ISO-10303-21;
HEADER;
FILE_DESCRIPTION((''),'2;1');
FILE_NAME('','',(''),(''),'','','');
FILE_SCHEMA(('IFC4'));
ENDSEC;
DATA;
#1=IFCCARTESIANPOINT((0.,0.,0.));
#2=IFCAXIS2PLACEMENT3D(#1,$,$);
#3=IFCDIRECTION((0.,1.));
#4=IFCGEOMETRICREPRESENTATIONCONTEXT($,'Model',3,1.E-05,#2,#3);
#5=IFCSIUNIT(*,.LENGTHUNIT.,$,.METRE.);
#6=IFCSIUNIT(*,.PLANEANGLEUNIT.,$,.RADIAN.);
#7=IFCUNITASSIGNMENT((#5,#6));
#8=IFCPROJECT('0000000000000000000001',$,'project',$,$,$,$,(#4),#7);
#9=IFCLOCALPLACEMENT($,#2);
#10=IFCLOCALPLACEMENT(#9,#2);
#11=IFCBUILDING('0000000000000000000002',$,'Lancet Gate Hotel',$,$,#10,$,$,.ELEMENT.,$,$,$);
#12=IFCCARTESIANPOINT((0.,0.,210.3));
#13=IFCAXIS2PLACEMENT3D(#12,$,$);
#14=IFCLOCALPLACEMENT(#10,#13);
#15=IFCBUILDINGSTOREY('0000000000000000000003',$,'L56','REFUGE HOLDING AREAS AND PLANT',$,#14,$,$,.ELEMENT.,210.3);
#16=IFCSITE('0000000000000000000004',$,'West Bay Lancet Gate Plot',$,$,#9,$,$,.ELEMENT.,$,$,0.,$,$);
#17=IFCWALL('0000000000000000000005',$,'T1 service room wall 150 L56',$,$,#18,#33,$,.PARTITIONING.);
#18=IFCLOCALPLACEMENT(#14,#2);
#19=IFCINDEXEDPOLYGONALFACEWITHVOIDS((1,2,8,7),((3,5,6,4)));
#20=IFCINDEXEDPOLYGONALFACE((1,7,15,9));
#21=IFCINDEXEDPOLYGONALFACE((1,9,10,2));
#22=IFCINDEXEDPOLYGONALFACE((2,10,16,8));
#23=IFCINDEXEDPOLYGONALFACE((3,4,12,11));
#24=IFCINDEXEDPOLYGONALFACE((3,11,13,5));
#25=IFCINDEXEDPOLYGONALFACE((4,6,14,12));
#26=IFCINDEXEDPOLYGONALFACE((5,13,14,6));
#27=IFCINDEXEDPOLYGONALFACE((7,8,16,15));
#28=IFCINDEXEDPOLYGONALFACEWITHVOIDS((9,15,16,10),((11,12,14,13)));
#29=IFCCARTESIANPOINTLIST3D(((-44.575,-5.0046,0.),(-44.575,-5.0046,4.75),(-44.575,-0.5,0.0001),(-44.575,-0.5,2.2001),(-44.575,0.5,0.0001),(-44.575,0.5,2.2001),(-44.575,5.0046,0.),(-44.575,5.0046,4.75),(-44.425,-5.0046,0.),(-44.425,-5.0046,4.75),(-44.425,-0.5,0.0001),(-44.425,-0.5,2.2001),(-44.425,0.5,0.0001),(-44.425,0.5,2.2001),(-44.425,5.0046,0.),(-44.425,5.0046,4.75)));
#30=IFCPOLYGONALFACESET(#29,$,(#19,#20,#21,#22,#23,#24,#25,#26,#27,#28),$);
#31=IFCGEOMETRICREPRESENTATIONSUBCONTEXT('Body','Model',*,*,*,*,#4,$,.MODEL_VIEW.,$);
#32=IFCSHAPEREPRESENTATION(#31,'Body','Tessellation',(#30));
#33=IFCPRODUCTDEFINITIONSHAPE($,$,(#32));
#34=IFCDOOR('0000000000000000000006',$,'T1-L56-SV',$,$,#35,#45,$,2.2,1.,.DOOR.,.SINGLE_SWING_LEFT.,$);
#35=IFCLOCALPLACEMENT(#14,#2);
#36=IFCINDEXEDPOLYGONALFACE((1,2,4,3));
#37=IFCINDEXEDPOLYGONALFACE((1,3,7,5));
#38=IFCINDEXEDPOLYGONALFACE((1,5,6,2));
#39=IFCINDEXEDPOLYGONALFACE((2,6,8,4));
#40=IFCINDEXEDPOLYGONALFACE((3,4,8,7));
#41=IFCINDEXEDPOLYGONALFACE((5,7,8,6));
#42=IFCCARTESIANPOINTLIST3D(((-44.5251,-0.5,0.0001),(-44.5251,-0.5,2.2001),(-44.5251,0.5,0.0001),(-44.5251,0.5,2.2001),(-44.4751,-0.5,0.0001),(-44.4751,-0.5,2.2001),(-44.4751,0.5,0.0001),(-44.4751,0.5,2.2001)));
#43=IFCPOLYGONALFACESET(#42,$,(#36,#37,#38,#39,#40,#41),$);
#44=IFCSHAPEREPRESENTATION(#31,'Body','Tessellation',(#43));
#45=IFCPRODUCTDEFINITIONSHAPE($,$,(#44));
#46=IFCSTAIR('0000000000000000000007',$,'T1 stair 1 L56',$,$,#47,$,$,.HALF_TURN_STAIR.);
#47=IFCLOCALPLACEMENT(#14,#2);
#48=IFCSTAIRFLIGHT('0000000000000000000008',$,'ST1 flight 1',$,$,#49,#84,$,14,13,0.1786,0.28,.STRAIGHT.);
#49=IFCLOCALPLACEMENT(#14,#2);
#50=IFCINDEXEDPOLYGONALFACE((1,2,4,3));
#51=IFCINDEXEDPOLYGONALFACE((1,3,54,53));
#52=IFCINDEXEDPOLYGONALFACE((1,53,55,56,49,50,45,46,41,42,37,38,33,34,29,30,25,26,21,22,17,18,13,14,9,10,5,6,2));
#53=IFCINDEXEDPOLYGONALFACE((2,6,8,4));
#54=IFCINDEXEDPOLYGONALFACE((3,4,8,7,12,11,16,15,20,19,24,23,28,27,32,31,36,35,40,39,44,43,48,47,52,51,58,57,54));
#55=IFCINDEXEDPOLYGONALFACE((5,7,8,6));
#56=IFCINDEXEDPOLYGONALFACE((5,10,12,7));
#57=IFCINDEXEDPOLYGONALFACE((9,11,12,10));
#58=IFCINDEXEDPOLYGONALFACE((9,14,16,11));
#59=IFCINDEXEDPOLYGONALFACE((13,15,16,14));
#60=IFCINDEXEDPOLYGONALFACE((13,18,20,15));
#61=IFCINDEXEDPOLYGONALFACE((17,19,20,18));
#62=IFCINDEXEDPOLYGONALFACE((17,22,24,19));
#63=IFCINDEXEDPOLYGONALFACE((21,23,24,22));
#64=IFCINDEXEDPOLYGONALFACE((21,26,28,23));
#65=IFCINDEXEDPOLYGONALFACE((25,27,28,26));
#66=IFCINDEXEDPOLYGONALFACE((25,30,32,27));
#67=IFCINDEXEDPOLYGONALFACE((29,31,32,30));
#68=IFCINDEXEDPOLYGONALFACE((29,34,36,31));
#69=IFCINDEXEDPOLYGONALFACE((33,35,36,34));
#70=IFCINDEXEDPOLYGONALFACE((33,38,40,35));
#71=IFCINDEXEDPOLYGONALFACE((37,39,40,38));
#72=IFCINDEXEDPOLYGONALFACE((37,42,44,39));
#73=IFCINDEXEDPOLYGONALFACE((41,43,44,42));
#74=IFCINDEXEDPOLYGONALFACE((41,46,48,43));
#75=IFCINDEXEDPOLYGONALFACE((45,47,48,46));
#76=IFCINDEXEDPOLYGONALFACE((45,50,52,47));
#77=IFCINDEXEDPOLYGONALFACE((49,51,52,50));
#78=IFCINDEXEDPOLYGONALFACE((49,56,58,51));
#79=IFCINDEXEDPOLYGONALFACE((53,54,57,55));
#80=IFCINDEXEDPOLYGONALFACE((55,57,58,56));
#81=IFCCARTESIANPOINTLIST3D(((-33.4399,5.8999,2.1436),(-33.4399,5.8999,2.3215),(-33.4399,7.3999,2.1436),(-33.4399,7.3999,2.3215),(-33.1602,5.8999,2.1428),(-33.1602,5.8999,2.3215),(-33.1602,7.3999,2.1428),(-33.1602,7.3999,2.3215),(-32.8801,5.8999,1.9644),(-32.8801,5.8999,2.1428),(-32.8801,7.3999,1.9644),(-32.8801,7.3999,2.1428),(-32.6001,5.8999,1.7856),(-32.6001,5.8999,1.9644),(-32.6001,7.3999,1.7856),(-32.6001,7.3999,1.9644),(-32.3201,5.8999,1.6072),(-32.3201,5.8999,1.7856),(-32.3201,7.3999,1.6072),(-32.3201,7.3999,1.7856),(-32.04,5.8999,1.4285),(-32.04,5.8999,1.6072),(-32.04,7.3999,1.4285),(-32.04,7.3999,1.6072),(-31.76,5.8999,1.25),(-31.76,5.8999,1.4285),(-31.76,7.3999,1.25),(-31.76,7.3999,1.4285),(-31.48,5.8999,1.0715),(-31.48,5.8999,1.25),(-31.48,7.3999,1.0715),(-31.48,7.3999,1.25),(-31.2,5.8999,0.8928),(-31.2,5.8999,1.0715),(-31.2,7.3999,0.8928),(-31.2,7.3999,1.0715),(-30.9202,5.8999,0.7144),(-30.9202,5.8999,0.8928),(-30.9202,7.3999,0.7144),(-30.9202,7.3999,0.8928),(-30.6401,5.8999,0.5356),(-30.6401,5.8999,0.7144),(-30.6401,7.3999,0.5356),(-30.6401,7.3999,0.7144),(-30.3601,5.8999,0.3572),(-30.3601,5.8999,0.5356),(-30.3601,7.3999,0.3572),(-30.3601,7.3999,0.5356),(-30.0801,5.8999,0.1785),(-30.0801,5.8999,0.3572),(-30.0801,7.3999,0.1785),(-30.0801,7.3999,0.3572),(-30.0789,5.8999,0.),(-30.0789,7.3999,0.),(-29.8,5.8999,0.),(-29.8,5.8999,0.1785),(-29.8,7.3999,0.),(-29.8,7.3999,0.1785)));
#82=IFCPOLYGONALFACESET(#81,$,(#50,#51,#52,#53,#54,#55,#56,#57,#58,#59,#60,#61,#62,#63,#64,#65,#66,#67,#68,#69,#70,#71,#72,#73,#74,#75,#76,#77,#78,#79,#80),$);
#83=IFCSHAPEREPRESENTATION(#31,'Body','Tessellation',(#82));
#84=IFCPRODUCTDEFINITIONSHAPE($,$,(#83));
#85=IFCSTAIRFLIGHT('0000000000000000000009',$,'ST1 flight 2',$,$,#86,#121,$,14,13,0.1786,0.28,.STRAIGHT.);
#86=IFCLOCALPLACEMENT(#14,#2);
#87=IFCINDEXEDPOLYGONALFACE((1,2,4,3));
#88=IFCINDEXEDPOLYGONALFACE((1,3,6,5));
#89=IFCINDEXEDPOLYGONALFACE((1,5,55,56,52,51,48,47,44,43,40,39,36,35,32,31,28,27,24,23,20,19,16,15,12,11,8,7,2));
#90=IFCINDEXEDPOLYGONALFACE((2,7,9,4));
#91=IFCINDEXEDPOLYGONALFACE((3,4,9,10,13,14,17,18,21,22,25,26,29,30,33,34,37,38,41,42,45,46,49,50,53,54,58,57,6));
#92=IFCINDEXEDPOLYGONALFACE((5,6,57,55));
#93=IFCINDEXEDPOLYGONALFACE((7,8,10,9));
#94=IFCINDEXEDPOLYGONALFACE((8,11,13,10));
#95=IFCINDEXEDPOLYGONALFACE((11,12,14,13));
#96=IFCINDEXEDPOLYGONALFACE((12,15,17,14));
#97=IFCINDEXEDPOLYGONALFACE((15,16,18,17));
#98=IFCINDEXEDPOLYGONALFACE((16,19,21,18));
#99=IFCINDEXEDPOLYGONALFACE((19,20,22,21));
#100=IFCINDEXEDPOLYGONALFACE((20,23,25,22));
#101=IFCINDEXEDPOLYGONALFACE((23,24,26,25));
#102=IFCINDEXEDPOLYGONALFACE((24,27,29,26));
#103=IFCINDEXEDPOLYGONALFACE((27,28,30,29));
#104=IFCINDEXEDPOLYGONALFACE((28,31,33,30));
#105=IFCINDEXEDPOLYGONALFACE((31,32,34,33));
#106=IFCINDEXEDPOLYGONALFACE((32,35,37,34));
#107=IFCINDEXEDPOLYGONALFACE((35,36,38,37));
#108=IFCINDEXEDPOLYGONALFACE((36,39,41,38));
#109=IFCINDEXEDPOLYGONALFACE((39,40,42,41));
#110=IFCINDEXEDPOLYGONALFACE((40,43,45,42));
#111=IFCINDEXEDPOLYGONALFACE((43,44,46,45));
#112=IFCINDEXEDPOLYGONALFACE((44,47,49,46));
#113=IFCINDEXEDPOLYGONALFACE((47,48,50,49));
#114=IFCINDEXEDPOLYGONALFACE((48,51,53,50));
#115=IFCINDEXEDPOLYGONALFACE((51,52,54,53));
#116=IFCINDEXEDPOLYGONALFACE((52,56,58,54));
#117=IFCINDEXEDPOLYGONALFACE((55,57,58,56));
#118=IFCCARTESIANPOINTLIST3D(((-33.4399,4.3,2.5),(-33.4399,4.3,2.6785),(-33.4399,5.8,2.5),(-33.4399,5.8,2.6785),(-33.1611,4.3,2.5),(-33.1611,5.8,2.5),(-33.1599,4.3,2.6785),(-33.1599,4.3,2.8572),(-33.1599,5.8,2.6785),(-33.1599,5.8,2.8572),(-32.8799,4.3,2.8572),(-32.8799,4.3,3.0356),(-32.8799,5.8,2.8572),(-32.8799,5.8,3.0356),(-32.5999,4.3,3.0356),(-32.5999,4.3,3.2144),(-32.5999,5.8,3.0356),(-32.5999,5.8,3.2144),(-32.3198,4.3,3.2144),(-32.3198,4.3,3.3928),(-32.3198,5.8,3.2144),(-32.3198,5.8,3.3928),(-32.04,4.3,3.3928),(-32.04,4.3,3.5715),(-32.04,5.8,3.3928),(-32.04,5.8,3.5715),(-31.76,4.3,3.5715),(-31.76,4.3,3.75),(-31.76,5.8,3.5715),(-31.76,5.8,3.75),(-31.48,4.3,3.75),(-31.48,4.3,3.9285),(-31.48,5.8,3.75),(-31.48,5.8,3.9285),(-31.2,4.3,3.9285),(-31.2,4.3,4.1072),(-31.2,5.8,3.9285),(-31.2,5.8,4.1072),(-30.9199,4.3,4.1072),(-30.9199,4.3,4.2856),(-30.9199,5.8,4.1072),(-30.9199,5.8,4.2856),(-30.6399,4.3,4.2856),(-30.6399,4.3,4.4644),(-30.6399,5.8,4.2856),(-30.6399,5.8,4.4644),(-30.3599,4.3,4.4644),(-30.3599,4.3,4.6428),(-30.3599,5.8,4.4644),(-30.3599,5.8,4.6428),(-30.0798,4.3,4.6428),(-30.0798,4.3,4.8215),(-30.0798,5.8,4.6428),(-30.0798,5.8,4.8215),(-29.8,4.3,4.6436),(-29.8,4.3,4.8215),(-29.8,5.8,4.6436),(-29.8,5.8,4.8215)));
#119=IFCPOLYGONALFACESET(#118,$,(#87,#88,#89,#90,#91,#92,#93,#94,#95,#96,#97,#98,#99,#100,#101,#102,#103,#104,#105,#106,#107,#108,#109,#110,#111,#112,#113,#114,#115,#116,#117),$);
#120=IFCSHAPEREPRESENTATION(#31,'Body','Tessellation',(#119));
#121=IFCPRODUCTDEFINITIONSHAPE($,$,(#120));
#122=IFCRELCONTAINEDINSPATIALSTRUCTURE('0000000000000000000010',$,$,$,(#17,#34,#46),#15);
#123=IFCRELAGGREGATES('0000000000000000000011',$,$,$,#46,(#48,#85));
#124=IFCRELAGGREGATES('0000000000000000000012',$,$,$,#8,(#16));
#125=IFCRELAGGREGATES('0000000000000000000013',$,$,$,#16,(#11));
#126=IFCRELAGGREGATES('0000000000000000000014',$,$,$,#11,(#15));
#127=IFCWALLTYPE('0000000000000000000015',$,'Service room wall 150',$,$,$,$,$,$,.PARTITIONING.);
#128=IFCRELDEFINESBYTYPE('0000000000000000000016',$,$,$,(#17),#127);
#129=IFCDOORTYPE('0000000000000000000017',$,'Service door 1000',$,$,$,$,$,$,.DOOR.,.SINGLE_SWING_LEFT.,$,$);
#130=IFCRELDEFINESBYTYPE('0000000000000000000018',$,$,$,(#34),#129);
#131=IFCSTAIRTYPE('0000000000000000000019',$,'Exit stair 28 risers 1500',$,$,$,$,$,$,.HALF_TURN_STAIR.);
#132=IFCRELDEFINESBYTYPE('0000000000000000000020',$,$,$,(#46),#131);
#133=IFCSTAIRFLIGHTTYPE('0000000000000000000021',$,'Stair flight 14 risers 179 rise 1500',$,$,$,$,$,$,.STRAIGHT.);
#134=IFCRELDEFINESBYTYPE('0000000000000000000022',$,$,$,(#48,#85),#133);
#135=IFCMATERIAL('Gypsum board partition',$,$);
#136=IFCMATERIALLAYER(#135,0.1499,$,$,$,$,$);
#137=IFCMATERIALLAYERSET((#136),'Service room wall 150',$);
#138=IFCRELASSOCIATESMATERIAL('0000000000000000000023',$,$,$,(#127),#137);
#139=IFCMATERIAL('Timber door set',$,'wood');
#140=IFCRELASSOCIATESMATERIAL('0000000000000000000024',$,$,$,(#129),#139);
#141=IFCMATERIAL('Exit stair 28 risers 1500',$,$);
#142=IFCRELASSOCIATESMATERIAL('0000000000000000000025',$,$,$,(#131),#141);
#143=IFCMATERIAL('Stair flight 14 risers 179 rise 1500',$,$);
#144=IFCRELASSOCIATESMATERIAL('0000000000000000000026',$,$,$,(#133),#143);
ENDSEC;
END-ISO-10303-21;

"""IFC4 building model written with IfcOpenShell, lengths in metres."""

from ifc_helpers import new_model, si_unit, direction, frame, frame_2d, origin, place, context, subcontext, project, spatial, polyline, rectangle, outline, extrude, material, layer, layer_set, type_object, element, fill, aggregate, save


model = new_model("IFC4")

# Units and contexts
model_context = context("Model", 3, precision=1e-05, world=origin(), true_north=direction((0.0, 1.0)))
body_context = subcontext(model_context, "Body", "Model", "MODEL_VIEW")
ifc_project = project(units=[si_unit("LENGTHUNIT", "METRE"), si_unit("PLANEANGLEUNIT", "RADIAN")], contexts=[model_context])

# Site, building, storey
site_placement = place(None, origin())
site = spatial("IfcSite", under=ifc_project, at=site_placement, Name="West Bay Lancet Gate Plot", CompositionType="ELEMENT", RefElevation=0.0)
building_placement = place(site_placement, origin())
building = spatial("IfcBuilding", under=site, at=building_placement, Name="Lancet Gate Hotel", CompositionType="ELEMENT")
storey_placement = place(building_placement, frame((0.0, 0.0, 210.3)))
storey = spatial("IfcBuildingStorey", under=building, at=storey_placement, Name="L56", Description="REFUGE HOLDING AREAS AND PLANT", CompositionType="ELEMENT", Elevation=210.3)

# Wall, opening, door
ifc_material_1 = material(Name="Gypsum board partition")
ifc_layer_1 = layer(ifc_material_1, 0.1499)
ifc_layer_set_1 = layer_set([ifc_layer_1], Name="Service room wall 150")
wall_type_1 = type_object("IfcWallType", Name="Service room wall 150", PredefinedType="PARTITIONING", material=ifc_layer_set_1)
wall_1_placement = place(storey_placement, frame((-44.5, 5.0046, 0.0), z_axis=(0.0, 0.0, 1.0), x_axis=(0.0, -1.0, 0.0)))
wall_1 = element("IfcWall", 1, at=wall_1_placement, inside=storey, type_object=wall_type_1, Name="T1 service room wall 150 L56", PredefinedType="PARTITIONING", context=body_context, shape_type="SweptSolid", body=[
    extrude(rectangle(XDim=10.0093, YDim=0.1499, at=frame_2d((5.0046, 0.0))), origin(), (0.0, 0.0, 1.0), 4.75),
])
opening_1_placement = place(wall_1_placement, frame((4.5046, 0.0, 0.0)))
opening_1 = element("IfcOpeningElement", 2, at=opening_1_placement, cuts=wall_1, PredefinedType="OPENING", context=body_context, shape_type="SweptSolid", body=[
    extrude(rectangle(XDim=1.0, YDim=2.2, at=frame_2d((0.5, 1.1001))), frame((0.0, 0.085, 0.0), z_axis=(0.0, -1.0, 0.0), x_axis=(1.0, 0.0, 0.0)), (0.0, 0.0, 1.0), 0.1699),
])
ifc_material_2 = material(Name="Timber door set", Category="wood")
door_type_1 = type_object("IfcDoorType", Name="Service door 1000", OperationType="SINGLE_SWING_LEFT", PredefinedType="DOOR", material=ifc_material_2)
door_1_placement = place(opening_1_placement, origin())
door_1 = element("IfcDoor", 3, at=door_1_placement, inside=storey, type_object=door_type_1, Name="T1-L56-SV", OperationType="SINGLE_SWING_LEFT", OverallHeight=2.2, OverallWidth=1.0, PredefinedType="DOOR", context=body_context, shape_type="SweptSolid", body=[
    extrude(rectangle(XDim=1.0, YDim=2.2, at=frame_2d((0.5, 1.1001))), frame((0.0, 0.0249, 0.0), z_axis=(0.0, -1.0, 0.0), x_axis=(1.0, 0.0, 0.0)), (0.0, 0.0, 1.0), 0.05),
])
fill(opening_1, door_1)

# Stair, stair flights
ifc_material_3 = material(Name="Exit stair 28 risers 1500")
stair_type = type_object("IfcStairType", Name="Exit stair 28 risers 1500", PredefinedType="HALF_TURN_STAIR", material=ifc_material_3)
stair_placement = place(storey_placement, origin())
stair = element("IfcStair", 4, at=stair_placement, inside=storey, type_object=stair_type, Name="T1 stair 1 L56", PredefinedType="HALF_TURN_STAIR")
ifc_material_4 = material(Name="Stair flight 14 risers 179 rise 1500")
stair_flight_type = type_object("IfcStairFlightType", Name="Stair flight 14 risers 179 rise 1500", PredefinedType="STRAIGHT", material=ifc_material_4)
stair_flight_1_placement = place(storey_placement, frame((-29.8, 6.6499, 0.0), z_axis=(0.0, 0.0, 1.0), x_axis=(-1.0, 0.0, 0.0)))
stair_flight_1 = element("IfcStairFlight", 5, at=stair_flight_1_placement, type_object=stair_flight_type, Name="ST1 flight 1", NumberOfRisers=14, NumberOfTreads=13, PredefinedType="STRAIGHT", RiserHeight=0.1786, TreadLength=0.28, context=body_context, shape_type="SweptSolid", body=[
    extrude(outline(polyline([(0.0, 0.0), (0.0, 0.1785), (0.28, 0.1785), (0.28, 0.3572), (0.5601, 0.3572), (0.5601, 0.5356), (0.8401, 0.5356), (0.8401, 0.7144), (1.1201, 0.7144), (1.1201, 0.8928), (1.3999, 0.8928), (1.3999, 1.0715), (1.6799, 1.0715), (1.6799, 1.25), (1.96, 1.25), (1.96, 1.4285), (2.24, 1.4285), (2.24, 1.6072), (2.52, 1.6072), (2.52, 1.7856), (2.8, 1.7856), (2.8, 1.9644), (3.0801, 1.9644), (3.0801, 2.1428), (3.3601, 2.1428), (3.3601, 2.3215), (3.6399, 2.3215), (3.6399, 2.5), (3.6399, 2.1436), (0.2788, 0.0), (0.0, 0.0)])), frame((0.0, 0.75, 0.0), z_axis=(0.0, -1.0, 0.0), x_axis=(1.0, 0.0, 0.0)), (0.0, 0.0, 1.0), 1.5),
])
stair_flight_2_placement = place(storey_placement, frame((-33.4399, 5.05, 2.5), z_axis=(0.0, 0.0, 1.0), x_axis=(1.0, 0.0, 0.0)))
stair_flight_2 = element("IfcStairFlight", 6, at=stair_flight_2_placement, type_object=stair_flight_type, Name="ST1 flight 2", NumberOfRisers=14, NumberOfTreads=13, PredefinedType="STRAIGHT", RiserHeight=0.1786, TreadLength=0.28, context=body_context, shape_type="SweptSolid", body=[
    extrude(outline(polyline([(0.0, 0.0), (0.0, 0.1785), (0.28, 0.1785), (0.28, 0.3572), (0.5601, 0.3572), (0.5601, 0.5356), (0.8401, 0.5356), (0.8401, 0.7144), (1.1201, 0.7144), (1.1201, 0.8928), (1.3999, 0.8928), (1.3999, 1.0715), (1.6799, 1.0715), (1.6799, 1.25), (1.96, 1.25), (1.96, 1.4285), (2.24, 1.4285), (2.24, 1.6072), (2.52, 1.6072), (2.52, 1.7856), (2.8, 1.7856), (2.8, 1.9644), (3.0801, 1.9644), (3.0801, 2.1428), (3.3601, 2.1428), (3.3601, 2.3215), (3.6399, 2.3215), (3.6399, 2.5), (3.6399, 2.1436), (0.2788, 0.0), (0.0, 0.0)])), frame((0.0, 0.75, 0.0), z_axis=(0.0, -1.0, 0.0), x_axis=(1.0, 0.0, 0.0)), (0.0, 0.0, 1.0), 1.5),
])
aggregate(stair, [stair_flight_1, stair_flight_2])

save(model, "model.ifc")
